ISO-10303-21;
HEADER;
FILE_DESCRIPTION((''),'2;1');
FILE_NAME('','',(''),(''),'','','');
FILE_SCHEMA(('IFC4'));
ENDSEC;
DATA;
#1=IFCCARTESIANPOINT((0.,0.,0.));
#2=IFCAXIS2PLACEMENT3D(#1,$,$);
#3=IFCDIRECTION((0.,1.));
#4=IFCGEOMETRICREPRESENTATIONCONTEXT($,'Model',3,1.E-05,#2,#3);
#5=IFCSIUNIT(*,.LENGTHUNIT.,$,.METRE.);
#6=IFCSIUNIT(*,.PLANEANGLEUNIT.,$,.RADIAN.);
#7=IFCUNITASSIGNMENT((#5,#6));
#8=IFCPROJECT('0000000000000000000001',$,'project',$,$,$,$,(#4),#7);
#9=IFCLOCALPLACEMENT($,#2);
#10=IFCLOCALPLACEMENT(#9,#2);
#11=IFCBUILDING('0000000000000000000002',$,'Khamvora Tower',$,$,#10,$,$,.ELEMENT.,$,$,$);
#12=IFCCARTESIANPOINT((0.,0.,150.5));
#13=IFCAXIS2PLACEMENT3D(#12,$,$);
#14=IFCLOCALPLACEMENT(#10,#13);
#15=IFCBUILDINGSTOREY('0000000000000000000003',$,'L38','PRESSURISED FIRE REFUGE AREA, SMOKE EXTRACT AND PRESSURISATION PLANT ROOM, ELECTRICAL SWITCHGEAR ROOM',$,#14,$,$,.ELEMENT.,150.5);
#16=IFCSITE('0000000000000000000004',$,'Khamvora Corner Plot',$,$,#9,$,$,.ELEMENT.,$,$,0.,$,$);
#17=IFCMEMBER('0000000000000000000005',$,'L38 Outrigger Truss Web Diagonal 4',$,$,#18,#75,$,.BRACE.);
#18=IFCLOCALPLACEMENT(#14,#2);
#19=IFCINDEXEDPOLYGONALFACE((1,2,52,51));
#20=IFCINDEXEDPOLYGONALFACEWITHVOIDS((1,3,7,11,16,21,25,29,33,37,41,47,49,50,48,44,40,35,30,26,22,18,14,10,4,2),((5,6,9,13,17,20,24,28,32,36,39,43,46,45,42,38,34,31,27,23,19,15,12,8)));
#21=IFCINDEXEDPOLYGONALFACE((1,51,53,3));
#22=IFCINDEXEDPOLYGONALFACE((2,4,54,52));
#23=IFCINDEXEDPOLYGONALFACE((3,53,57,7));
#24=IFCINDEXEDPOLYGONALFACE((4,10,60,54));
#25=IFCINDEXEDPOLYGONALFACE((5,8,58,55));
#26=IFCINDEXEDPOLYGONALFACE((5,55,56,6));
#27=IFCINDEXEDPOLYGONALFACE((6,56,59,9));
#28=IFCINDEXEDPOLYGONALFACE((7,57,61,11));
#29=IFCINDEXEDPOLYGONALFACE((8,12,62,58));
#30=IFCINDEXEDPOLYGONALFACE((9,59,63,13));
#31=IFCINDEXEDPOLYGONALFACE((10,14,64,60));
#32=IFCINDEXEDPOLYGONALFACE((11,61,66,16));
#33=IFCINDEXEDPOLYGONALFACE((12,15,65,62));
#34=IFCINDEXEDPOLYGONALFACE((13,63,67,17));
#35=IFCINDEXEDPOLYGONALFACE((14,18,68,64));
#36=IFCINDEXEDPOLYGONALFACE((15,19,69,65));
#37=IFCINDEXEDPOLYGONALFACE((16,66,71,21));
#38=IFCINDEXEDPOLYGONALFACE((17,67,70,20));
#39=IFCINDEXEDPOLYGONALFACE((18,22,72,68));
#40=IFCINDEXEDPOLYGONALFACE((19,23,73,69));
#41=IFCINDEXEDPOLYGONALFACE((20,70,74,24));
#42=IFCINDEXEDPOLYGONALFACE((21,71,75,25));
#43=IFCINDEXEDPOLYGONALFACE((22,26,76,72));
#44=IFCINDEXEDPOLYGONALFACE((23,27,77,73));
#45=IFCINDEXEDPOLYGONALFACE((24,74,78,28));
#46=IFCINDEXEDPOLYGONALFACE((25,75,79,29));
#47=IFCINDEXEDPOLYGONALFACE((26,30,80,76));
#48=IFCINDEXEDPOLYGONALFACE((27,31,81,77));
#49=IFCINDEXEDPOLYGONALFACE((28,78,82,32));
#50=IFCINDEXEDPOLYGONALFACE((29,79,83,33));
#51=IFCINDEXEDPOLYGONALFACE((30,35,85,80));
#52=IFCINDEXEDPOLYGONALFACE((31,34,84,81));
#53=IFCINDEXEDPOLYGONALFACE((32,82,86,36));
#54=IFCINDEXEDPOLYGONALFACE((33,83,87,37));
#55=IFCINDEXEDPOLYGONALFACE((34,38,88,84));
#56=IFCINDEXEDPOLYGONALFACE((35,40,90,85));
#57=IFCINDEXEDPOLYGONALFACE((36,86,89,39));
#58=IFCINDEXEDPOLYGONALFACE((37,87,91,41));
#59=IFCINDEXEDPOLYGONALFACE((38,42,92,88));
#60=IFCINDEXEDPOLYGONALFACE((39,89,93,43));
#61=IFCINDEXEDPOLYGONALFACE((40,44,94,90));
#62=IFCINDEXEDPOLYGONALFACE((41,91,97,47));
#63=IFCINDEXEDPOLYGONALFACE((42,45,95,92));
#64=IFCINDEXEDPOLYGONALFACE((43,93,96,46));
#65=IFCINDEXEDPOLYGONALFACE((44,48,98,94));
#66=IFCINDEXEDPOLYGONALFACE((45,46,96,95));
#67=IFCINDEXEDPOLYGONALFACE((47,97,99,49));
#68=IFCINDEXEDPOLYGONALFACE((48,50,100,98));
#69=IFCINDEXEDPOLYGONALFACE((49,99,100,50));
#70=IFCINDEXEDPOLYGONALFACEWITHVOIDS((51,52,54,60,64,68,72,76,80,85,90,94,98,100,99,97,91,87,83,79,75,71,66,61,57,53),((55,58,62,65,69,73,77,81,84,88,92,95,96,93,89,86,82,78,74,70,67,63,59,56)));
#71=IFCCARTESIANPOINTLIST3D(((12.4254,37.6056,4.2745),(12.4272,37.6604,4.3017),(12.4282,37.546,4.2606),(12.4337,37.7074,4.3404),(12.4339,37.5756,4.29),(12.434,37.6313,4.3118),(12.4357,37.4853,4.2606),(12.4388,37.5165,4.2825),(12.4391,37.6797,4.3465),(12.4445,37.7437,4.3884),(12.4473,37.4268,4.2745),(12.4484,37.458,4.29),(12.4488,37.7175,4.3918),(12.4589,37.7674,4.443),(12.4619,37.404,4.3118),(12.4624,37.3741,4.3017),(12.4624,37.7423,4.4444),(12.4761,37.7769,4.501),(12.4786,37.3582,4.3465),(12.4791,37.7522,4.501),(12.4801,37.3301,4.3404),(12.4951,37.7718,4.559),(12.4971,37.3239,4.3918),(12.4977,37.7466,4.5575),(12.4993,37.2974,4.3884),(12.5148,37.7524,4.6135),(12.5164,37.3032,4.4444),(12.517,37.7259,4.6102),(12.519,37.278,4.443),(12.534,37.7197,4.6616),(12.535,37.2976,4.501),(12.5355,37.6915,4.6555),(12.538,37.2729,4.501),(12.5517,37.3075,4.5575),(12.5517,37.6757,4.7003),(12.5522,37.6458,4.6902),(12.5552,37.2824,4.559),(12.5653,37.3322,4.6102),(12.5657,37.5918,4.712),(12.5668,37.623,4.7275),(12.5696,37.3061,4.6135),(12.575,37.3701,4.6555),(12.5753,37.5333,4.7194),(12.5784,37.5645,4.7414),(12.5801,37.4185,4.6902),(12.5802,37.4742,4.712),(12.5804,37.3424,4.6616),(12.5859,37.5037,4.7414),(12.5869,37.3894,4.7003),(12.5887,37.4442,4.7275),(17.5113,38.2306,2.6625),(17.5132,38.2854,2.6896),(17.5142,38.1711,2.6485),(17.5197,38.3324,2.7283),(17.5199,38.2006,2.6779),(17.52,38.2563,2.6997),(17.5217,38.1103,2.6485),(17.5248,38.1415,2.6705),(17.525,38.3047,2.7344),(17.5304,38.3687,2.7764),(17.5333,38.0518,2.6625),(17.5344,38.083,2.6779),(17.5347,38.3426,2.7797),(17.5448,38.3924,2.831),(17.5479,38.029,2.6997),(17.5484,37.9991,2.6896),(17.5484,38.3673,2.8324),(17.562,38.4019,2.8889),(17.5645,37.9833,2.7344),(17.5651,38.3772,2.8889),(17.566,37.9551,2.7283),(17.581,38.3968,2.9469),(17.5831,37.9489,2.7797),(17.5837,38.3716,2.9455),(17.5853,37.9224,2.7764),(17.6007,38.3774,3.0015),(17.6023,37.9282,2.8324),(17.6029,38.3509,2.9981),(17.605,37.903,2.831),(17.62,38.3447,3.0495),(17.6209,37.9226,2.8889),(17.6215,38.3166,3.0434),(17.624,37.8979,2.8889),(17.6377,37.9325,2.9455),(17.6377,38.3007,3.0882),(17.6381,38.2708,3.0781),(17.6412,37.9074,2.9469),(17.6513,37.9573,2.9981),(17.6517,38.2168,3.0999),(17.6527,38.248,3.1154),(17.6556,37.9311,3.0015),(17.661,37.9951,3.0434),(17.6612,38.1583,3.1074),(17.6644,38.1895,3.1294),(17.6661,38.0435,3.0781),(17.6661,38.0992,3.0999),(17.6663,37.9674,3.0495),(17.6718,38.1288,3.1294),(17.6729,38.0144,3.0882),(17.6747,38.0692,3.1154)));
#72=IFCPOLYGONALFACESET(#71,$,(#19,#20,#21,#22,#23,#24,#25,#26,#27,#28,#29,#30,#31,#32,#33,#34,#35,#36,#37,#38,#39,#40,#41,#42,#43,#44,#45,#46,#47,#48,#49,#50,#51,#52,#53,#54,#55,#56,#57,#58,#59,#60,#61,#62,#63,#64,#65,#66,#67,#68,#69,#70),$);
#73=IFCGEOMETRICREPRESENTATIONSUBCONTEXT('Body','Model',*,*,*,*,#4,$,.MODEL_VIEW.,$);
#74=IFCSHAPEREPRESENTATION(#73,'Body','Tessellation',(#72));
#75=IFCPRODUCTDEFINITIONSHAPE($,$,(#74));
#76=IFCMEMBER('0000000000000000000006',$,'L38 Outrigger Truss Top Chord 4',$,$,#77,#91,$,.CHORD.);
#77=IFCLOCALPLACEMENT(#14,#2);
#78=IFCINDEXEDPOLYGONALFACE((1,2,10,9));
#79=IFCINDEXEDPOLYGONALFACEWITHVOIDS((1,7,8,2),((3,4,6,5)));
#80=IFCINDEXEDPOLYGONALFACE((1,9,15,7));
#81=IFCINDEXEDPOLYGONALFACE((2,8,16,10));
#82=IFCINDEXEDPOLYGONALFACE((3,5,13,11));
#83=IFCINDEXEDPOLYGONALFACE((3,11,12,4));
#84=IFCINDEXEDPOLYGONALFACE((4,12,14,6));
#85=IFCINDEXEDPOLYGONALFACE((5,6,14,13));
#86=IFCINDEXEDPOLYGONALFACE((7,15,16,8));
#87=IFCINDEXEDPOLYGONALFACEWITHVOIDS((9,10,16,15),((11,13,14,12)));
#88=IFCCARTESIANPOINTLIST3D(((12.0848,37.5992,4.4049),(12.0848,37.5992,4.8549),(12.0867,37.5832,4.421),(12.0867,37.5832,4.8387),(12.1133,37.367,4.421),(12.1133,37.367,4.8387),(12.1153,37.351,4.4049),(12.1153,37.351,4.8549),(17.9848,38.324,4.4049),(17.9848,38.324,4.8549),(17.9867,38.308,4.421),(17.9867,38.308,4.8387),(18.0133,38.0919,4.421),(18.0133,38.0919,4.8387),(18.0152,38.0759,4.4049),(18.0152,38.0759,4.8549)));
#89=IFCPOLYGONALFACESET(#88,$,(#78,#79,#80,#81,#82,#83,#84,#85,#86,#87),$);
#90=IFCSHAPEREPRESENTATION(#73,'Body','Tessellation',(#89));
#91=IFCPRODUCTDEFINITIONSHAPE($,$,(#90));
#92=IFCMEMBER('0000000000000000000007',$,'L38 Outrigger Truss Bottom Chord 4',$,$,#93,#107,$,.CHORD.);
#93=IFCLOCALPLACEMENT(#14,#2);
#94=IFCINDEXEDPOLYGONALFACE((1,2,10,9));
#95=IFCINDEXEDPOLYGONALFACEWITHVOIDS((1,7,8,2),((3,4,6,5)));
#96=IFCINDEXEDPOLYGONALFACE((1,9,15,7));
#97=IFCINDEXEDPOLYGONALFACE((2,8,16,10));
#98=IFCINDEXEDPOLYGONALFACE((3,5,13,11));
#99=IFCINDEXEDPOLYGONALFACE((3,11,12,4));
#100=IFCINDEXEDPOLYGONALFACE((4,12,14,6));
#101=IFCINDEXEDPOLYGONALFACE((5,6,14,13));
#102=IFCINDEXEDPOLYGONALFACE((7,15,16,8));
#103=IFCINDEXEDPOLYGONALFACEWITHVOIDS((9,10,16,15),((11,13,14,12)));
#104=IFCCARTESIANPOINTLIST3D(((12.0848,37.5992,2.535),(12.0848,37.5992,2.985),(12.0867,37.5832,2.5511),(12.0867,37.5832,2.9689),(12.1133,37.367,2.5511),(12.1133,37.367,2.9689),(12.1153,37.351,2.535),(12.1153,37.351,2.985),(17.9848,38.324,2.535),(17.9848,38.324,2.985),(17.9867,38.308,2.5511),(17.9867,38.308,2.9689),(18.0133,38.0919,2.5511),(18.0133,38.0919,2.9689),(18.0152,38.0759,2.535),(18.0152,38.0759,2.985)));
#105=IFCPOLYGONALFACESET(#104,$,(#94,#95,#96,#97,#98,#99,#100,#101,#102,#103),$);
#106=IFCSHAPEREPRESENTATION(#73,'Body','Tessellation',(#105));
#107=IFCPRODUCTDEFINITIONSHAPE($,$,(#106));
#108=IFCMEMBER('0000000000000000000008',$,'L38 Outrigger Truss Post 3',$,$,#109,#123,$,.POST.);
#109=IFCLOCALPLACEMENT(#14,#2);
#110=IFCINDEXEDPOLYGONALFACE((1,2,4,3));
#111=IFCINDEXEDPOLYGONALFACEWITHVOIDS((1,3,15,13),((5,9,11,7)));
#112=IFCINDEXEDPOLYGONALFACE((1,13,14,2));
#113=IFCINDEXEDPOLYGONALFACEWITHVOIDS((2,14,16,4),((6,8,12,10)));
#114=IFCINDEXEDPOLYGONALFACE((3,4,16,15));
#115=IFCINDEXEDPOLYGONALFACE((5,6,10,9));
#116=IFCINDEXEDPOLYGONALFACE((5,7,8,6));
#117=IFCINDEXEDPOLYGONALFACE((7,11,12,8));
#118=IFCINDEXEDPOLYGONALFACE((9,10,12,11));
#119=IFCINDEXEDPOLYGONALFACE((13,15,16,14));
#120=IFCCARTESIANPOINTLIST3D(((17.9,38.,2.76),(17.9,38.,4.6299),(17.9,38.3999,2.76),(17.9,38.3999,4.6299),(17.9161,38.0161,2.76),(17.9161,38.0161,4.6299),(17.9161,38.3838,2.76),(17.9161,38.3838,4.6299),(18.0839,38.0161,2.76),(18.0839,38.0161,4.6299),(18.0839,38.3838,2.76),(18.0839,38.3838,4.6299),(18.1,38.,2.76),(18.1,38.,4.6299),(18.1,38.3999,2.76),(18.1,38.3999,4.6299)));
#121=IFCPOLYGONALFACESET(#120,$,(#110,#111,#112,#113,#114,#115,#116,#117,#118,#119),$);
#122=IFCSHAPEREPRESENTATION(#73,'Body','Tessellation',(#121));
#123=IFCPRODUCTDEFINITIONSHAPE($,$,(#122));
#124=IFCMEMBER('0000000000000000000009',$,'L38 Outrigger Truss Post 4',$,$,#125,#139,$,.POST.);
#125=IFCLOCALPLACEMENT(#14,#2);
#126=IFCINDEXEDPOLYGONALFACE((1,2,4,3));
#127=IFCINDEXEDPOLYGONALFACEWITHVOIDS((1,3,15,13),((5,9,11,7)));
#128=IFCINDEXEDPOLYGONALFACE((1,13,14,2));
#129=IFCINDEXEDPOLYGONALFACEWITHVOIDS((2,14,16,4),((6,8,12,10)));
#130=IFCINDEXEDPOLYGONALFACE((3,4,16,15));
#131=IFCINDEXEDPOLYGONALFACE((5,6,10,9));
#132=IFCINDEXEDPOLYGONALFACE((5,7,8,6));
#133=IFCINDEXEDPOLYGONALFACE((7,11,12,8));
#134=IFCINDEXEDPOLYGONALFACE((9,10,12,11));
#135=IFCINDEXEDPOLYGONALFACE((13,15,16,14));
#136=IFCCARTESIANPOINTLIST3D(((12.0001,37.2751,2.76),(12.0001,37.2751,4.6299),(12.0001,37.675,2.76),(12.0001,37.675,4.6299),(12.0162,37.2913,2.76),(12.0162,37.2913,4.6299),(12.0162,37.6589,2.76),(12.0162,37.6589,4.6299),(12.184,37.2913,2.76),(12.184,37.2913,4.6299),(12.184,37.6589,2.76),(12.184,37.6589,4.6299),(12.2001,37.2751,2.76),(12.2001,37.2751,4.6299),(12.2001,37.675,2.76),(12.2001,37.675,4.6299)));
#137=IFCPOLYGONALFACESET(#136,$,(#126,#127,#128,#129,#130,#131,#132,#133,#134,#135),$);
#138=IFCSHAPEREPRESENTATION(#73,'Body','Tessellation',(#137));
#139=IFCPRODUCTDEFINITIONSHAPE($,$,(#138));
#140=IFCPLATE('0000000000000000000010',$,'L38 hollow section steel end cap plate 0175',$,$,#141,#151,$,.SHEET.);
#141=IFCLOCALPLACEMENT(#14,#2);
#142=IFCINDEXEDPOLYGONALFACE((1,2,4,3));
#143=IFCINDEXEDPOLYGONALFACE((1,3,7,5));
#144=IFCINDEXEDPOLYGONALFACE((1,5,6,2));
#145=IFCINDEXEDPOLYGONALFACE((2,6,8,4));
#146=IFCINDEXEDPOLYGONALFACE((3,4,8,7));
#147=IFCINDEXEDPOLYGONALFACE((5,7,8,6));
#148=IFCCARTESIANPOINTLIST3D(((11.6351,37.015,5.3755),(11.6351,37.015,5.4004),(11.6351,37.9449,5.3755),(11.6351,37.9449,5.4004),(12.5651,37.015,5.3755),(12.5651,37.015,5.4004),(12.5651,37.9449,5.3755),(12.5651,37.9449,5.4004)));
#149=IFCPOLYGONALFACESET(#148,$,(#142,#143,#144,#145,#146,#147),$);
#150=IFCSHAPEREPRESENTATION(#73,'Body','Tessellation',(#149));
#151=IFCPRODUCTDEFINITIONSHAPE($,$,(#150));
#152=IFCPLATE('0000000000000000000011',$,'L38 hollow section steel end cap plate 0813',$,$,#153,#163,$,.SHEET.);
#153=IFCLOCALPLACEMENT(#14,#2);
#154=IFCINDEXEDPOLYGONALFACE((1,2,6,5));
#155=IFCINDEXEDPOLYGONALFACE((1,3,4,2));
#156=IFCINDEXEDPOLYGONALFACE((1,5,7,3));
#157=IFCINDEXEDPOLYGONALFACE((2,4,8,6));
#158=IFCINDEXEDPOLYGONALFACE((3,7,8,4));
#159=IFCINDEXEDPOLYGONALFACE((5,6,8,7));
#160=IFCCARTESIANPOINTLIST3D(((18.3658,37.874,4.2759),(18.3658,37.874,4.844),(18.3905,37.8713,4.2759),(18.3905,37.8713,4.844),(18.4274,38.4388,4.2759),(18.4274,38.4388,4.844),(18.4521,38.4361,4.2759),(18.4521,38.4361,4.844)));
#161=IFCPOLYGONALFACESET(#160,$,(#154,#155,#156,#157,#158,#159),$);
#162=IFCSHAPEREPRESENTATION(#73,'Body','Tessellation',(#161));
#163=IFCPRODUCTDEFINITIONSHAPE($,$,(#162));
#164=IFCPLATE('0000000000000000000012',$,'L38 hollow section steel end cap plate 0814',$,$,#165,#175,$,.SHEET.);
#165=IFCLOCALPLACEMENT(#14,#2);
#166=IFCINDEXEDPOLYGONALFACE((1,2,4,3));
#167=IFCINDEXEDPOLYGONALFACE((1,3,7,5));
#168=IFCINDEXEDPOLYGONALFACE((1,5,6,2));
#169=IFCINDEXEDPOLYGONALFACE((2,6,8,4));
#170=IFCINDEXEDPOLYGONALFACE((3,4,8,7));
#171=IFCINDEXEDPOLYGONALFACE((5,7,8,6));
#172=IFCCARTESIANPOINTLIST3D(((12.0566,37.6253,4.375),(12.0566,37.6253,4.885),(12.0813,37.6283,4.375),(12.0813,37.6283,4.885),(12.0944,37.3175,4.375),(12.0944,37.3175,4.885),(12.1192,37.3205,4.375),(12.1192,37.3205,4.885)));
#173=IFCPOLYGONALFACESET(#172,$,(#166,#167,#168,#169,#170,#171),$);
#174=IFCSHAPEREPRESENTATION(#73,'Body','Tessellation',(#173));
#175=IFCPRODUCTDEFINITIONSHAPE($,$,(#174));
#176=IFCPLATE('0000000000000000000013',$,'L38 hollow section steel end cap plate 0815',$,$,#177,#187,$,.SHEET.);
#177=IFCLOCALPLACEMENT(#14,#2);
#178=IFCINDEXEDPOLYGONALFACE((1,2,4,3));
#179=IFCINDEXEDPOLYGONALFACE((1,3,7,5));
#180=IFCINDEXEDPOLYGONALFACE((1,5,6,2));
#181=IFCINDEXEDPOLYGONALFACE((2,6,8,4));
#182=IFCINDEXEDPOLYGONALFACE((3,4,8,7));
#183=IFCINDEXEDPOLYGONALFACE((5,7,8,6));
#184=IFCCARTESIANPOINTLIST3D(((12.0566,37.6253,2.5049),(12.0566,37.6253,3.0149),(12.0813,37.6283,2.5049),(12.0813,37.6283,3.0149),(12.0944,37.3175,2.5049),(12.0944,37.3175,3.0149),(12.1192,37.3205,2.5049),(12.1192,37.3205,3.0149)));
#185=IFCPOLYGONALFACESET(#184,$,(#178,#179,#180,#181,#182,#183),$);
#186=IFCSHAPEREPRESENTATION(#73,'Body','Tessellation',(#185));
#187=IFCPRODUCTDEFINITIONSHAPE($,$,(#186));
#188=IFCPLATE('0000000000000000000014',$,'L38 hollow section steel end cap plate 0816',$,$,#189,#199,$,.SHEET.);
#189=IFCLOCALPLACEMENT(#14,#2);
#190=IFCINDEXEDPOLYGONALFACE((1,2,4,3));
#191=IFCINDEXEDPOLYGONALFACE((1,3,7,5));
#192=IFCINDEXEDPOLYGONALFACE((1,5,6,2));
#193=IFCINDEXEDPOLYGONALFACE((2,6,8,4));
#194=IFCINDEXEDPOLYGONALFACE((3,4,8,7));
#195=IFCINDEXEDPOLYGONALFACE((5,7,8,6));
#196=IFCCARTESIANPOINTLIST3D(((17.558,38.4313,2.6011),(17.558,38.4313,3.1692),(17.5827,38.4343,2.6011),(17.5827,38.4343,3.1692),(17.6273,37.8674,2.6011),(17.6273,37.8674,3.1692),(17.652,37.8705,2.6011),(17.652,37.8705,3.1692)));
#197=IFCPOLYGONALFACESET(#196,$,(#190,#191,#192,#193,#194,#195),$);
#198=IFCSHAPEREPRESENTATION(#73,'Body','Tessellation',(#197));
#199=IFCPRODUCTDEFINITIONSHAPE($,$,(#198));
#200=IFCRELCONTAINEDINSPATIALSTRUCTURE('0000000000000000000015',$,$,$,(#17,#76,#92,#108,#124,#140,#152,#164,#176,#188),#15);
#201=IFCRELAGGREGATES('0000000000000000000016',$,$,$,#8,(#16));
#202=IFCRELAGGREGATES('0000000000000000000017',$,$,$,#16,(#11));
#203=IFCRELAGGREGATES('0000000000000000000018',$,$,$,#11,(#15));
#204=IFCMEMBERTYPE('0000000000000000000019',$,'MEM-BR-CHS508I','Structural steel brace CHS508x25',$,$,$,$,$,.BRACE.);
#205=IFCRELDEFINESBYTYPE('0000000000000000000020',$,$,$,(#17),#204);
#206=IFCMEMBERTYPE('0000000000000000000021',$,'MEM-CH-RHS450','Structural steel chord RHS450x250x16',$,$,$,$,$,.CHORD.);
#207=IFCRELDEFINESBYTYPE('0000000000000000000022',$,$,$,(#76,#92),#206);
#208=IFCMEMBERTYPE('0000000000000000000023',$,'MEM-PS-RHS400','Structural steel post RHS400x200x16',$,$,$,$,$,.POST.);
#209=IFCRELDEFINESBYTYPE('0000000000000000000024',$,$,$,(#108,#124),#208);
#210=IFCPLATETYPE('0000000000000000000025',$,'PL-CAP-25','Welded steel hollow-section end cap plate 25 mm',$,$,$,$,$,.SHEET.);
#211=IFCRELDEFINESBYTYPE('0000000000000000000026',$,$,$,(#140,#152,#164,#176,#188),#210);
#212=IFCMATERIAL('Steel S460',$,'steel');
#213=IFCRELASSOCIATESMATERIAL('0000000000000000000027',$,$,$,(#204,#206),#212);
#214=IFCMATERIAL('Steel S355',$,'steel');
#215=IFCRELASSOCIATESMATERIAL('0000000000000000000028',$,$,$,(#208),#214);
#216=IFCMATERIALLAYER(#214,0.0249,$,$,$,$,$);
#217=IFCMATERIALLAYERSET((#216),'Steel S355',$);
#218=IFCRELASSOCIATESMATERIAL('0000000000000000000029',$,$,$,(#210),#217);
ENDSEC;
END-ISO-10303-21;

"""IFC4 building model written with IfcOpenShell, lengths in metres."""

from ifc_helpers import new_model, si_unit, direction, frame, origin, origin_2d, place, context, subcontext, project, spatial, rectangle, hollow_rectangle, hollow_circle, extrude, material, layer, layer_set, material_profile, profile_set, type_object, element, save


model = new_model("IFC4")

# Units and contexts
model_context = context("Model", 3, precision=1e-05, world=origin(), true_north=direction((0.0, 1.0)))
body_context = subcontext(model_context, "Body", "Model", "MODEL_VIEW")
ifc_project = project(units=[si_unit("LENGTHUNIT", "METRE"), si_unit("PLANEANGLEUNIT", "RADIAN")], contexts=[model_context])

# Site, building, storey
site_placement = place(None, origin())
site = spatial("IfcSite", under=ifc_project, at=site_placement, Name="Khamvora Corner Plot", CompositionType="ELEMENT", RefElevation=0.0)
building_placement = place(site_placement, origin())
building = spatial("IfcBuilding", under=site, at=building_placement, Name="Khamvora Tower", CompositionType="ELEMENT")
storey_placement = place(building_placement, frame((0.0, 0.0, 150.5)))
storey = spatial("IfcBuildingStorey", under=building, at=storey_placement, Name="L38", Description="PRESSURISED FIRE REFUGE AREA, SMOKE EXTRACT AND PRESSURISATION PLANT ROOM, ELECTRICAL SWITCHGEAR ROOM", CompositionType="ELEMENT", Elevation=150.5)

# Shared definitions
ifc_material_1 = material(Name="Steel S355", Category="steel")

# Shared definitions
ifc_material_2 = material(Name="Steel S460", Category="steel")

# Members
ifc_material_profile_1 = material_profile(ifc_material_2, hollow_circle(Radius=0.2539, WallThickness=0.0249, at=origin_2d()), Name="CHS508x25")
ifc_profile_set_1 = profile_set([ifc_material_profile_1], Name="Steel S460")
member_type_1 = type_object("IfcMemberType", Name="MEM-BR-CHS508I", Description="Structural steel brace CHS508x25", PredefinedType="BRACE", material=ifc_profile_set_1)
member_placement = place(storey_placement, frame((17.593, 38.1499, 2.8889), z_axis=(-0.946786, -0.116349, 0.300097), x_axis=(0.12197, -0.992534, 0.0)))
element("IfcMember", 1, at=member_placement, inside=storey, type_object=member_type_1, Name="L38 Outrigger Truss Web Diagonal 4", PredefinedType="BRACE", context=body_context, shape_type="SweptSolid", body=[
    extrude(hollow_circle(Radius=0.2539, WallThickness=0.0249, at=origin_2d()), origin(), (0.0, 0.0, 1.0), 5.3718),
])
ifc_material_profile_2 = material_profile(ifc_material_2, hollow_rectangle(XDim=0.25, YDim=0.45, WallThickness=0.0161, at=origin_2d()), Name="RHS450x250x16")
ifc_profile_set_2 = profile_set([ifc_material_profile_2], Name="Steel S460")
member_type_2 = type_object("IfcMemberType", Name="MEM-CH-RHS450", Description="Structural steel chord RHS450x250x16", PredefinedType="CHORD", material=ifc_profile_set_2)
for number, where, z_axis, x_axis, name in (
    (2, (18.0, 38.2, 4.6299), (-0.992537, -0.121942, 0.0), (0.121942, -0.992537, 0.0), "L38 Outrigger Truss Top Chord 4"),
    (3, (18.0, 38.2, 2.76), (-0.992537, -0.121942, 0.0), (0.121942, -0.992537, 0.0), "L38 Outrigger Truss Bottom Chord 4"),
):
    element("IfcMember", number, at=place(storey_placement, frame(where, z_axis=z_axis, x_axis=x_axis)), inside=storey, type_object=member_type_2, Name=name, PredefinedType="CHORD", context=body_context, shape_type="SweptSolid", body=[
        extrude(hollow_rectangle(XDim=0.25, YDim=0.45, WallThickness=0.0161, at=origin_2d()), origin(), (0.0, 0.0, 1.0), 5.9443),
    ])
ifc_material_profile_3 = material_profile(ifc_material_1, hollow_rectangle(XDim=0.2, YDim=0.3999, WallThickness=0.0161, at=origin_2d()), Name="RHS400x200x16")
ifc_profile_set_3 = profile_set([ifc_material_profile_3], Name="Steel S355")
member_type_3 = type_object("IfcMemberType", Name="MEM-PS-RHS400", Description="Structural steel post RHS400x200x16", PredefinedType="POST", material=ifc_profile_set_3)
for number, where, z_axis, x_axis, name in (
    (4, (18.0, 38.2, 2.76), (0.0, 0.0, 1.0), (1.0, 0.0, 0.0), "L38 Outrigger Truss Post 3"),
    (5, (12.1001, 37.4751, 2.76), (0.0, 0.0, 1.0), (1.0, 0.0, 0.0), "L38 Outrigger Truss Post 4"),
):
    element("IfcMember", number, at=place(storey_placement, frame(where, z_axis=z_axis, x_axis=x_axis)), inside=storey, type_object=member_type_3, Name=name, PredefinedType="POST", context=body_context, shape_type="SweptSolid", body=[
        extrude(hollow_rectangle(XDim=0.2, YDim=0.3999, WallThickness=0.0161, at=origin_2d()), origin(), (0.0, 0.0, 1.0), 1.8699),
    ])

# Plates
ifc_layer_1 = layer(ifc_material_1, 0.0249)
ifc_layer_set_1 = layer_set([ifc_layer_1], Name="Steel S355")
plate_type_1 = type_object("IfcPlateType", Name="PL-CAP-25", Description="Welded steel hollow-section end cap plate 25 mm", PredefinedType="SHEET", material=ifc_layer_set_1)
plate_1_placement = place(storey_placement, frame((12.1001, 37.48, 5.3755), z_axis=(0.0, 0.0, 1.0), x_axis=(1.0, 0.0, 0.0)))
element("IfcPlate", 6, at=plate_1_placement, inside=storey, type_object=plate_type_1, Name="L38 hollow section steel end cap plate 0175", PredefinedType="SHEET", context=body_context, shape_type="SweptSolid", body=[
    extrude(rectangle(XDim=0.9299, YDim=0.9299, at=origin_2d()), origin(), (0.0, 0.0, 1.0), 0.0249),
])
plate_2_placement = place(storey_placement, frame((18.4089, 38.155, 4.2759), z_axis=(0.0, 0.0, 1.0), x_axis=(-0.994102, 0.10845, 0.0)))
element("IfcPlate", 7, at=plate_2_placement, inside=storey, type_object=plate_type_1, Name="L38 hollow section steel end cap plate 0813", PredefinedType="SHEET", context=body_context, shape_type="SweptSolid", body=[
    extrude(rectangle(XDim=0.0249, YDim=0.5681, at=origin_2d()), origin(), (0.0, 0.0, 1.0), 0.5681),
])
for number, where, z_axis, x_axis, name in (
    (8, (12.0879, 37.4729, 4.375), (0.0, 0.0, 1.0), (-0.992536, -0.121956, 0.0), "L38 hollow section steel end cap plate 0814"),
    (9, (12.0879, 37.4729, 2.5049), (0.0, 0.0, 1.0), (-0.992536, -0.121956, 0.0), "L38 hollow section steel end cap plate 0815"),
):
    element("IfcPlate", number, at=place(storey_placement, frame(where, z_axis=z_axis, x_axis=x_axis)), inside=storey, type_object=plate_type_1, Name=name, PredefinedType="SHEET", context=body_context, shape_type="SweptSolid", body=[
        extrude(rectangle(XDim=0.0249, YDim=0.3101, at=origin_2d()), origin(), (0.0, 0.0, 1.0), 0.51),
    ])
for number, where, z_axis, x_axis, name in (
    (10, (17.605, 38.1509, 2.6011), (0.0, 0.0, 1.0), (-0.992533, -0.121973, 0.0), "L38 hollow section steel end cap plate 0816"),
):
    element("IfcPlate", number, at=place(storey_placement, frame(where, z_axis=z_axis, x_axis=x_axis)), inside=storey, type_object=plate_type_1, Name=name, PredefinedType="SHEET", context=body_context, shape_type="SweptSolid", body=[
        extrude(rectangle(XDim=0.0249, YDim=0.5681, at=origin_2d()), origin(), (0.0, 0.0, 1.0), 0.5681),
    ])

save(model, "model.ifc")
